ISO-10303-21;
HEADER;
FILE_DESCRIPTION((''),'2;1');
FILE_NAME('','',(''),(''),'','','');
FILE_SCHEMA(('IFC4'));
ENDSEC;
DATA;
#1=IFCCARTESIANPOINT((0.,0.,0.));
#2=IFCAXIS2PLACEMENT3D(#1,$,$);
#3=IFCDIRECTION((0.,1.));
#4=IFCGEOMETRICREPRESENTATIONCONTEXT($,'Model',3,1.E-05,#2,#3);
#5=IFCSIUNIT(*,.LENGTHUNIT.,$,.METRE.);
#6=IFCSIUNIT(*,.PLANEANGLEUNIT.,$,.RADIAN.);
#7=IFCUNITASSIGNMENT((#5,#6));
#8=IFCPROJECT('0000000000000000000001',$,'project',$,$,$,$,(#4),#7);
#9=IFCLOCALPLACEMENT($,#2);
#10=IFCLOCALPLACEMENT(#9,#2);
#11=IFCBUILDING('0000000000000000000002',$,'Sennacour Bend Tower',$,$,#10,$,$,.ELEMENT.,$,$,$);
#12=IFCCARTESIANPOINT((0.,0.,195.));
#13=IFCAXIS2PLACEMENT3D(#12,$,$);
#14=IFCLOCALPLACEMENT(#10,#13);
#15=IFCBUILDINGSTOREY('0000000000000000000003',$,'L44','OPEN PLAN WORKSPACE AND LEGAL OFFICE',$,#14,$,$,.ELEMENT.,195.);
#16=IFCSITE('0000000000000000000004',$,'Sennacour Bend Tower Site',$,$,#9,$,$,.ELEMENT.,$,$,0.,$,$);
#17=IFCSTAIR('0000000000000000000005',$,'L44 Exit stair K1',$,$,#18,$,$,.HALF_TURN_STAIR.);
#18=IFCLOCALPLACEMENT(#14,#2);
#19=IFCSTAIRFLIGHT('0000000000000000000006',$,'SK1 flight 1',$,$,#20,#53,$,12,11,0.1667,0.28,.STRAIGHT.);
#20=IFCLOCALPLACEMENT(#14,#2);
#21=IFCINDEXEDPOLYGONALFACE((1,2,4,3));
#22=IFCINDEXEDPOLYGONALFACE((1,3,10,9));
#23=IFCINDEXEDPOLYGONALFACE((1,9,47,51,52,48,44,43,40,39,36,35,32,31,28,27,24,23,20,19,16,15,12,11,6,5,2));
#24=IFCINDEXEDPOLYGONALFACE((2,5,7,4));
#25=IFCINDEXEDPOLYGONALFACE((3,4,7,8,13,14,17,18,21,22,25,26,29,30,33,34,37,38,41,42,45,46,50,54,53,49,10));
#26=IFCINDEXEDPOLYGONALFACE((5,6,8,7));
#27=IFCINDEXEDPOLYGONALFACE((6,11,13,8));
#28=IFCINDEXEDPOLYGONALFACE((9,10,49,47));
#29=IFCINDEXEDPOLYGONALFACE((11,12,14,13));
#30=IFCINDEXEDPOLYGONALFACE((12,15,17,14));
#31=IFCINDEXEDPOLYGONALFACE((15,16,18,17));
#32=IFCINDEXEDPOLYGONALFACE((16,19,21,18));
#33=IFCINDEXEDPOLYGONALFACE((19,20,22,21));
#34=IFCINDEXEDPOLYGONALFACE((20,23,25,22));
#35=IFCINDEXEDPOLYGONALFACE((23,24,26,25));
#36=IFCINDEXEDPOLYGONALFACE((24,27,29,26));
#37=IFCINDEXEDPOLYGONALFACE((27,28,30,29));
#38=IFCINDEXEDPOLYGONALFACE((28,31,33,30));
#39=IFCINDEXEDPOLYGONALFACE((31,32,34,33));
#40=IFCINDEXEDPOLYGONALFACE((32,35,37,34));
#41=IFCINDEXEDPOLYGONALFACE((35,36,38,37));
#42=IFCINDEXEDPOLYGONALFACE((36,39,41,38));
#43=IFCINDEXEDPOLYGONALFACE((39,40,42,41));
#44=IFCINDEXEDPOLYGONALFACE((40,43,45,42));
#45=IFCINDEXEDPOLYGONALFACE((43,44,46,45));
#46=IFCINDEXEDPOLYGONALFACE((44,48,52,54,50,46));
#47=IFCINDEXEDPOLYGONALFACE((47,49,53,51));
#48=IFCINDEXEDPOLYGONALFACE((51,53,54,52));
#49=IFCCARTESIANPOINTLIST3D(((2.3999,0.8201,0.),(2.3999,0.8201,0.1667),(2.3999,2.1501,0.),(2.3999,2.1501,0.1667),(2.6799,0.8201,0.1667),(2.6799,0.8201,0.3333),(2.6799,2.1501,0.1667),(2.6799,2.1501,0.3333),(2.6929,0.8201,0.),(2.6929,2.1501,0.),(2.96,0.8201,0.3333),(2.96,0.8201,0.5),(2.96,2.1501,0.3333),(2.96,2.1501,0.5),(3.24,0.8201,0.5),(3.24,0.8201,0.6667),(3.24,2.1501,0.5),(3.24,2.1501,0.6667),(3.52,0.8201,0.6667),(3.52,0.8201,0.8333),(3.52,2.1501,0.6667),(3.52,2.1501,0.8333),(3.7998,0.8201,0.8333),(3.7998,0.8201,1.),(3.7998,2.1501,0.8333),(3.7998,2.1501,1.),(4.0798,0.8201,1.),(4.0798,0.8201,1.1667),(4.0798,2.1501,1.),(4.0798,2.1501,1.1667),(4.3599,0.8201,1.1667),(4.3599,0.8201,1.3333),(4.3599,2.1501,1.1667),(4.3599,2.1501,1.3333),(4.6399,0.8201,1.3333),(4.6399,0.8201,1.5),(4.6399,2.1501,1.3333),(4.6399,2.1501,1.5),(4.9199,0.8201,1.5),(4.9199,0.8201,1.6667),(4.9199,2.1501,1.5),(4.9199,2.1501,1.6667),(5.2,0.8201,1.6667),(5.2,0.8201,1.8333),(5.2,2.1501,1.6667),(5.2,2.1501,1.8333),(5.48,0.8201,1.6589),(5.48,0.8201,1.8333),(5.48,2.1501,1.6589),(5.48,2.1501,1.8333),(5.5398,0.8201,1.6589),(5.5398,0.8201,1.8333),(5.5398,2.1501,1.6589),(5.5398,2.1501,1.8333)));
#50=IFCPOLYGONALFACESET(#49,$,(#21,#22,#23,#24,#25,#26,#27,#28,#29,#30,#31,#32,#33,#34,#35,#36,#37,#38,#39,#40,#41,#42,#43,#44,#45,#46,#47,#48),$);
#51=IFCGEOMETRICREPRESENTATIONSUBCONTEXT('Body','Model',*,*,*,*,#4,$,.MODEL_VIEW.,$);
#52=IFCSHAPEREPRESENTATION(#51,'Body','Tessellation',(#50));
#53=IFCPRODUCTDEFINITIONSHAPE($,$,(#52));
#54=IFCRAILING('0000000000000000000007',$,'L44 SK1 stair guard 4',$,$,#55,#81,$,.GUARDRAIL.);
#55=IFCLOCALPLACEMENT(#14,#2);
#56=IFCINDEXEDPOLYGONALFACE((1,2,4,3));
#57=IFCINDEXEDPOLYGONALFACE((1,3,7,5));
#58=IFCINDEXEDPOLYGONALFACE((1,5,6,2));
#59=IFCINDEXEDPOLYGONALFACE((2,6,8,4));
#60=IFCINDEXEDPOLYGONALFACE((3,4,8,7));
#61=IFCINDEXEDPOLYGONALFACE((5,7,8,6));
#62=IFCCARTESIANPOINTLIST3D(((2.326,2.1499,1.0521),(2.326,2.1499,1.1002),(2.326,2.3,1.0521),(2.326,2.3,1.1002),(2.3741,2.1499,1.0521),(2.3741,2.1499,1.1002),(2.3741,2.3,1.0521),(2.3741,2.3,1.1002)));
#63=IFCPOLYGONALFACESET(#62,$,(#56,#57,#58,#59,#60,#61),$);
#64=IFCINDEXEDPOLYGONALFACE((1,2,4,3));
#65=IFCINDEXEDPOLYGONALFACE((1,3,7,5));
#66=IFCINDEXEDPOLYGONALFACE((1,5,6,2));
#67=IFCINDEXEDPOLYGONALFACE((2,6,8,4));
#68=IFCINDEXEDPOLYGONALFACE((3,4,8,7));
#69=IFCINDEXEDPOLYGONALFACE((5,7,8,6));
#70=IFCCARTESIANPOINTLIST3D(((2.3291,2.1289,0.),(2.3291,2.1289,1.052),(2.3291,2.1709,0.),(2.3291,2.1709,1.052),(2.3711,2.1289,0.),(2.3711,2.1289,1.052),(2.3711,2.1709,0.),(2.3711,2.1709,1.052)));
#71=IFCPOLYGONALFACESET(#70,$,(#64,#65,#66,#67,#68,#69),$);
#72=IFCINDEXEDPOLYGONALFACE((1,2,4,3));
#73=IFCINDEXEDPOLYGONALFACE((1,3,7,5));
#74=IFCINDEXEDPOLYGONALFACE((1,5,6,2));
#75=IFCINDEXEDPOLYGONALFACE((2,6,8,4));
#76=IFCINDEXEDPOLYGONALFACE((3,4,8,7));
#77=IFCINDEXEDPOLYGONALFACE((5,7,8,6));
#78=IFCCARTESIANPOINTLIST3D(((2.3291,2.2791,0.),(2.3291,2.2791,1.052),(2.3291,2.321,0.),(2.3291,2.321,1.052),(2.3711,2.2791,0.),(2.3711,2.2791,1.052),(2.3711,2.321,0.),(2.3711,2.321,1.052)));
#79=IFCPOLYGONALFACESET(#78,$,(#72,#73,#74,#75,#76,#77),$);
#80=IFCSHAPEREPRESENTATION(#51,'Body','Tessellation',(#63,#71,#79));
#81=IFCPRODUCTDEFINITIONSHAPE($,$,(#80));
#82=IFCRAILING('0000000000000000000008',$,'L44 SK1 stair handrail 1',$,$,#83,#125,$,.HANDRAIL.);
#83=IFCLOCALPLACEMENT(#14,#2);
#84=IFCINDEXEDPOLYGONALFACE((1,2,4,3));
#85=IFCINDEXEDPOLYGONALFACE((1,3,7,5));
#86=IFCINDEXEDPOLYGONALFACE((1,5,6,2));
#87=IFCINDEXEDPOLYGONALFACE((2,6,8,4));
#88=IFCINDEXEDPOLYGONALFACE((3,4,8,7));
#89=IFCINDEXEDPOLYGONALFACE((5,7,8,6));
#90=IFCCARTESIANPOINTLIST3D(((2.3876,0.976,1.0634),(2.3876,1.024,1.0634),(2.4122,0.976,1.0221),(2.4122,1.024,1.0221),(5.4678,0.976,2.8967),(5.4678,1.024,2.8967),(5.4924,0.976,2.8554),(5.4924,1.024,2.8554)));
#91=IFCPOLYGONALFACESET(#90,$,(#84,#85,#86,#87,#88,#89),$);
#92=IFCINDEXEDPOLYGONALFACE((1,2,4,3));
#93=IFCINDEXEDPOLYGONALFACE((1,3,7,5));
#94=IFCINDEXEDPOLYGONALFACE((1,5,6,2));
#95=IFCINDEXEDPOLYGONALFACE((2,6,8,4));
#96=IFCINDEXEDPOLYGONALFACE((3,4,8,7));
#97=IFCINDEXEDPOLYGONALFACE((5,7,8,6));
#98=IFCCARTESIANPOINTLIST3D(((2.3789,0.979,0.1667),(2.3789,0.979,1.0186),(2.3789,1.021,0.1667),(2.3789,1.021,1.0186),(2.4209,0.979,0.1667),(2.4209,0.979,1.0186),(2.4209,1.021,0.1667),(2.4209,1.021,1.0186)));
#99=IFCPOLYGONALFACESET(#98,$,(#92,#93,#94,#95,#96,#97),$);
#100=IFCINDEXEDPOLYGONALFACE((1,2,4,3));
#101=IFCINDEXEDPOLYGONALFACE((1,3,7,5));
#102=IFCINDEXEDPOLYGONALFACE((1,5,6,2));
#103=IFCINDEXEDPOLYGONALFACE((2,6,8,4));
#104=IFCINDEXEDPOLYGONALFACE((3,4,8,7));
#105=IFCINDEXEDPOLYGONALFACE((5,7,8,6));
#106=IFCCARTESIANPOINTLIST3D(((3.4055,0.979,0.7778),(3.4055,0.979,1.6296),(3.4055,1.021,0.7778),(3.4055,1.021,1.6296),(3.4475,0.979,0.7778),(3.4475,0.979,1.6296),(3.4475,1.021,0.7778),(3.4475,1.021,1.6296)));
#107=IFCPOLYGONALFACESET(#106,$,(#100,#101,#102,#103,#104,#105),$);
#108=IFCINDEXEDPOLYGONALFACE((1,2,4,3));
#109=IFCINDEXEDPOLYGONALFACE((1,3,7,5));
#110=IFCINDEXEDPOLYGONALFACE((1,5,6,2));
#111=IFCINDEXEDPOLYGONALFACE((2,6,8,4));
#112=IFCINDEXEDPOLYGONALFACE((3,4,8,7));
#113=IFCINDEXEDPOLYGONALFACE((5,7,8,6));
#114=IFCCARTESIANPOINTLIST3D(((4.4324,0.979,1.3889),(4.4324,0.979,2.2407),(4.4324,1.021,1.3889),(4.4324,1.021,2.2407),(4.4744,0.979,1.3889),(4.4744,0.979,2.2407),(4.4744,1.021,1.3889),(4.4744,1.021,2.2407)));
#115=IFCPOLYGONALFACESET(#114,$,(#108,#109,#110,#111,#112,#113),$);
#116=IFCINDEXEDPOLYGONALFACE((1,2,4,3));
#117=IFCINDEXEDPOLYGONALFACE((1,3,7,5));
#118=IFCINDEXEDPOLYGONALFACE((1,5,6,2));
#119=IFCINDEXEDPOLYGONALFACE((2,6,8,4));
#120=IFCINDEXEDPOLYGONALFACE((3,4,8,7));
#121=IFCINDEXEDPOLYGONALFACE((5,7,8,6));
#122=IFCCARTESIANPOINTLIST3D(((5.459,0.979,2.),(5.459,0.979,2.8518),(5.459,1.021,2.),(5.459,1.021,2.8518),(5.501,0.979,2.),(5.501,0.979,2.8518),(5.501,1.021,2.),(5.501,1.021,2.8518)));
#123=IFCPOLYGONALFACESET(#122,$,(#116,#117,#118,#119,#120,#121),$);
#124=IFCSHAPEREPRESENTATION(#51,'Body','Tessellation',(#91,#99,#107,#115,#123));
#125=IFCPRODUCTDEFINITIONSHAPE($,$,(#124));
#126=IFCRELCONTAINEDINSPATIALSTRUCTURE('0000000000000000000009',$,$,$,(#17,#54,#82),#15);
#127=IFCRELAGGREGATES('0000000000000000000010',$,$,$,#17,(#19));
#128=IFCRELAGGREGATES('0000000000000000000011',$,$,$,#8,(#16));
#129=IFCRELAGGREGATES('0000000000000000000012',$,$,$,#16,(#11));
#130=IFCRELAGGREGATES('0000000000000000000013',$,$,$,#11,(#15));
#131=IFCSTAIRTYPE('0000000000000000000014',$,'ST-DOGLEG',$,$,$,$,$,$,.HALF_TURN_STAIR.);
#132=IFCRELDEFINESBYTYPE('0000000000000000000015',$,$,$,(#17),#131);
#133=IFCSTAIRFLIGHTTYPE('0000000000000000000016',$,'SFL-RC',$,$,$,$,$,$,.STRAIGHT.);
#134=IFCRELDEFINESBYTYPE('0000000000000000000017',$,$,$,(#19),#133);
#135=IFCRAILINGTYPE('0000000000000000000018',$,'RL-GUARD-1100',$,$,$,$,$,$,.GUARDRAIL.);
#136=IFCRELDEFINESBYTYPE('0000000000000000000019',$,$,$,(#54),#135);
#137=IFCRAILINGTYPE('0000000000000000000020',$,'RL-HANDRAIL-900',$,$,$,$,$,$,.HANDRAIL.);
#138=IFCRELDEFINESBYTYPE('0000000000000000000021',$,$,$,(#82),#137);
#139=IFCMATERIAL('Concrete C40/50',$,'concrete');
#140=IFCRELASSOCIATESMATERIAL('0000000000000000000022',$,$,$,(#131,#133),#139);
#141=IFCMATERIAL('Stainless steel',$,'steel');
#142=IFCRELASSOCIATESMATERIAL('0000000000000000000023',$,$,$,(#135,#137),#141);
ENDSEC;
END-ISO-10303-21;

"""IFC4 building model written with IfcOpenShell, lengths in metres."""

from ifc_helpers import new_model, si_unit, direction, frame, origin, origin_2d, place, context, subcontext, project, spatial, polyline, rectangle, outline, extrude, material, type_object, element, aggregate, save


model = new_model("IFC4")

# Units and contexts
model_context = context("Model", 3, precision=1e-05, world=origin(), true_north=direction((0.0, 1.0)))
body_context = subcontext(model_context, "Body", "Model", "MODEL_VIEW")
ifc_project = project(units=[si_unit("LENGTHUNIT", "METRE"), si_unit("PLANEANGLEUNIT", "RADIAN")], contexts=[model_context])

# Site, building, storey
site_placement = place(None, origin())
site = spatial("IfcSite", under=ifc_project, at=site_placement, Name="Sennacour Bend Tower Site", CompositionType="ELEMENT", RefElevation=0.0)
building_placement = place(site_placement, origin())
building = spatial("IfcBuilding", under=site, at=building_placement, Name="Sennacour Bend Tower", CompositionType="ELEMENT")
storey_placement = place(building_placement, frame((0.0, 0.0, 195.0)))
storey = spatial("IfcBuildingStorey", under=building, at=storey_placement, Name="L44", Description="OPEN PLAN WORKSPACE AND LEGAL OFFICE", CompositionType="ELEMENT", Elevation=195.0)

# Stair, stair flight
ifc_material_1 = material(Name="Concrete C40/50", Category="concrete")
stair_type = type_object("IfcStairType", Name="ST-DOGLEG", PredefinedType="HALF_TURN_STAIR", material=ifc_material_1)
stair_placement = place(storey_placement, origin())
stair = element("IfcStair", 1, at=stair_placement, inside=storey, type_object=stair_type, Name="L44 Exit stair K1", PredefinedType="HALF_TURN_STAIR")
stair_flight_type = type_object("IfcStairFlightType", Name="SFL-RC", PredefinedType="STRAIGHT", material=ifc_material_1)
stair_flight_placement = place(storey_placement, frame((2.3999, 1.4851, 0.0), z_axis=(0.0, 0.0, 1.0), x_axis=(1.0, 0.0, 0.0)))
stair_flight = element("IfcStairFlight", 2, at=stair_flight_placement, type_object=stair_flight_type, Name="SK1 flight 1", NumberOfRisers=12, NumberOfTreads=11, PredefinedType="STRAIGHT", RiserHeight=0.1667, TreadLength=0.28, context=body_context, shape_type="SweptSolid", body=[
    extrude(outline(polyline([(0.0, 0.0), (0.0, 0.1667), (0.28, 0.1667), (0.28, 0.3333), (0.5601, 0.3333), (0.5601, 0.5), (0.8401, 0.5), (0.8401, 0.6667), (1.1201, 0.6667), (1.1201, 0.8333), (1.3999, 0.8333), (1.3999, 1.0), (1.6799, 1.0), (1.6799, 1.1667), (1.96, 1.1667), (1.96, 1.3333), (2.24, 1.3333), (2.24, 1.5), (2.52, 1.5), (2.52, 1.6667), (2.8, 1.6667), (2.8, 1.8333), (3.0801, 1.8333), (3.1399, 1.8333), (3.1399, 1.6589), (3.0801, 1.6589), (0.293, 0.0), (0.0, 0.0)])), frame((0.0, 0.665, 0.0), z_axis=(0.0, -1.0, 0.0), x_axis=(1.0, 0.0, 0.0)), (0.0, 0.0, 1.0), 1.3301),
])
aggregate(stair, [stair_flight])

# Railings
ifc_material_2 = material(Name="Stainless steel", Category="steel")
railing_type_1 = type_object("IfcRailingType", Name="RL-GUARD-1100", PredefinedType="GUARDRAIL", material=ifc_material_2)
railing_1_placement = place(storey_placement, frame((2.3501, 2.1499, 0.0)))
element("IfcRailing", 3, at=railing_1_placement, inside=storey, type_object=railing_type_1, Name="L44 SK1 stair guard 4", PredefinedType="GUARDRAIL", context=body_context, shape_type="SweptSolid", body=[
    extrude(rectangle(XDim=0.0481, YDim=0.0481, at=origin_2d()), frame((0.0, 0.0, 1.0762), z_axis=(0.0, 1.0, 0.0), x_axis=(-1.0, 0.0, 0.0)), (0.0, 0.0, 1.0), 0.1501),
    extrude(rectangle(XDim=0.042, YDim=0.042, at=origin_2d()), origin(), (0.0, 0.0, 1.0), 1.052),
    extrude(rectangle(XDim=0.042, YDim=0.042, at=origin_2d()), frame((0.0, 0.1501, 0.0)), (0.0, 0.0, 1.0), 1.052),
])
railing_type_2 = type_object("IfcRailingType", Name="RL-HANDRAIL-900", PredefinedType="HANDRAIL", material=ifc_material_2)
railing_2_placement = place(storey_placement, frame((2.3999, 1.0, 0.1667)))
element("IfcRailing", 4, at=railing_2_placement, inside=storey, type_object=railing_type_2, Name="L44 SK1 stair handrail 1", PredefinedType="HANDRAIL", context=body_context, shape_type="SweptSolid", body=[
    extrude(rectangle(XDim=0.0481, YDim=0.0481, at=origin_2d()), frame((0.0, 0.0, 0.876), z_axis=(0.859309, 0.0, 0.511458), x_axis=(0.0, 1.0, 0.0)), (0.0, 0.0, 1.0), 3.5845),
    extrude(rectangle(XDim=0.042, YDim=0.042, at=origin_2d()), origin(), (0.0, 0.0, 1.0), 0.8518),
    extrude(rectangle(XDim=0.042, YDim=0.042, at=origin_2d()), frame((1.0266, 0.0, 0.6111)), (0.0, 0.0, 1.0), 0.8518),
    extrude(rectangle(XDim=0.042, YDim=0.042, at=origin_2d()), frame((2.0535, 0.0, 1.2222)), (0.0, 0.0, 1.0), 0.8518),
    extrude(rectangle(XDim=0.042, YDim=0.042, at=origin_2d()), frame((3.0801, 0.0, 1.8333)), (0.0, 0.0, 1.0), 0.8518),
])

save(model, "model.ifc")
